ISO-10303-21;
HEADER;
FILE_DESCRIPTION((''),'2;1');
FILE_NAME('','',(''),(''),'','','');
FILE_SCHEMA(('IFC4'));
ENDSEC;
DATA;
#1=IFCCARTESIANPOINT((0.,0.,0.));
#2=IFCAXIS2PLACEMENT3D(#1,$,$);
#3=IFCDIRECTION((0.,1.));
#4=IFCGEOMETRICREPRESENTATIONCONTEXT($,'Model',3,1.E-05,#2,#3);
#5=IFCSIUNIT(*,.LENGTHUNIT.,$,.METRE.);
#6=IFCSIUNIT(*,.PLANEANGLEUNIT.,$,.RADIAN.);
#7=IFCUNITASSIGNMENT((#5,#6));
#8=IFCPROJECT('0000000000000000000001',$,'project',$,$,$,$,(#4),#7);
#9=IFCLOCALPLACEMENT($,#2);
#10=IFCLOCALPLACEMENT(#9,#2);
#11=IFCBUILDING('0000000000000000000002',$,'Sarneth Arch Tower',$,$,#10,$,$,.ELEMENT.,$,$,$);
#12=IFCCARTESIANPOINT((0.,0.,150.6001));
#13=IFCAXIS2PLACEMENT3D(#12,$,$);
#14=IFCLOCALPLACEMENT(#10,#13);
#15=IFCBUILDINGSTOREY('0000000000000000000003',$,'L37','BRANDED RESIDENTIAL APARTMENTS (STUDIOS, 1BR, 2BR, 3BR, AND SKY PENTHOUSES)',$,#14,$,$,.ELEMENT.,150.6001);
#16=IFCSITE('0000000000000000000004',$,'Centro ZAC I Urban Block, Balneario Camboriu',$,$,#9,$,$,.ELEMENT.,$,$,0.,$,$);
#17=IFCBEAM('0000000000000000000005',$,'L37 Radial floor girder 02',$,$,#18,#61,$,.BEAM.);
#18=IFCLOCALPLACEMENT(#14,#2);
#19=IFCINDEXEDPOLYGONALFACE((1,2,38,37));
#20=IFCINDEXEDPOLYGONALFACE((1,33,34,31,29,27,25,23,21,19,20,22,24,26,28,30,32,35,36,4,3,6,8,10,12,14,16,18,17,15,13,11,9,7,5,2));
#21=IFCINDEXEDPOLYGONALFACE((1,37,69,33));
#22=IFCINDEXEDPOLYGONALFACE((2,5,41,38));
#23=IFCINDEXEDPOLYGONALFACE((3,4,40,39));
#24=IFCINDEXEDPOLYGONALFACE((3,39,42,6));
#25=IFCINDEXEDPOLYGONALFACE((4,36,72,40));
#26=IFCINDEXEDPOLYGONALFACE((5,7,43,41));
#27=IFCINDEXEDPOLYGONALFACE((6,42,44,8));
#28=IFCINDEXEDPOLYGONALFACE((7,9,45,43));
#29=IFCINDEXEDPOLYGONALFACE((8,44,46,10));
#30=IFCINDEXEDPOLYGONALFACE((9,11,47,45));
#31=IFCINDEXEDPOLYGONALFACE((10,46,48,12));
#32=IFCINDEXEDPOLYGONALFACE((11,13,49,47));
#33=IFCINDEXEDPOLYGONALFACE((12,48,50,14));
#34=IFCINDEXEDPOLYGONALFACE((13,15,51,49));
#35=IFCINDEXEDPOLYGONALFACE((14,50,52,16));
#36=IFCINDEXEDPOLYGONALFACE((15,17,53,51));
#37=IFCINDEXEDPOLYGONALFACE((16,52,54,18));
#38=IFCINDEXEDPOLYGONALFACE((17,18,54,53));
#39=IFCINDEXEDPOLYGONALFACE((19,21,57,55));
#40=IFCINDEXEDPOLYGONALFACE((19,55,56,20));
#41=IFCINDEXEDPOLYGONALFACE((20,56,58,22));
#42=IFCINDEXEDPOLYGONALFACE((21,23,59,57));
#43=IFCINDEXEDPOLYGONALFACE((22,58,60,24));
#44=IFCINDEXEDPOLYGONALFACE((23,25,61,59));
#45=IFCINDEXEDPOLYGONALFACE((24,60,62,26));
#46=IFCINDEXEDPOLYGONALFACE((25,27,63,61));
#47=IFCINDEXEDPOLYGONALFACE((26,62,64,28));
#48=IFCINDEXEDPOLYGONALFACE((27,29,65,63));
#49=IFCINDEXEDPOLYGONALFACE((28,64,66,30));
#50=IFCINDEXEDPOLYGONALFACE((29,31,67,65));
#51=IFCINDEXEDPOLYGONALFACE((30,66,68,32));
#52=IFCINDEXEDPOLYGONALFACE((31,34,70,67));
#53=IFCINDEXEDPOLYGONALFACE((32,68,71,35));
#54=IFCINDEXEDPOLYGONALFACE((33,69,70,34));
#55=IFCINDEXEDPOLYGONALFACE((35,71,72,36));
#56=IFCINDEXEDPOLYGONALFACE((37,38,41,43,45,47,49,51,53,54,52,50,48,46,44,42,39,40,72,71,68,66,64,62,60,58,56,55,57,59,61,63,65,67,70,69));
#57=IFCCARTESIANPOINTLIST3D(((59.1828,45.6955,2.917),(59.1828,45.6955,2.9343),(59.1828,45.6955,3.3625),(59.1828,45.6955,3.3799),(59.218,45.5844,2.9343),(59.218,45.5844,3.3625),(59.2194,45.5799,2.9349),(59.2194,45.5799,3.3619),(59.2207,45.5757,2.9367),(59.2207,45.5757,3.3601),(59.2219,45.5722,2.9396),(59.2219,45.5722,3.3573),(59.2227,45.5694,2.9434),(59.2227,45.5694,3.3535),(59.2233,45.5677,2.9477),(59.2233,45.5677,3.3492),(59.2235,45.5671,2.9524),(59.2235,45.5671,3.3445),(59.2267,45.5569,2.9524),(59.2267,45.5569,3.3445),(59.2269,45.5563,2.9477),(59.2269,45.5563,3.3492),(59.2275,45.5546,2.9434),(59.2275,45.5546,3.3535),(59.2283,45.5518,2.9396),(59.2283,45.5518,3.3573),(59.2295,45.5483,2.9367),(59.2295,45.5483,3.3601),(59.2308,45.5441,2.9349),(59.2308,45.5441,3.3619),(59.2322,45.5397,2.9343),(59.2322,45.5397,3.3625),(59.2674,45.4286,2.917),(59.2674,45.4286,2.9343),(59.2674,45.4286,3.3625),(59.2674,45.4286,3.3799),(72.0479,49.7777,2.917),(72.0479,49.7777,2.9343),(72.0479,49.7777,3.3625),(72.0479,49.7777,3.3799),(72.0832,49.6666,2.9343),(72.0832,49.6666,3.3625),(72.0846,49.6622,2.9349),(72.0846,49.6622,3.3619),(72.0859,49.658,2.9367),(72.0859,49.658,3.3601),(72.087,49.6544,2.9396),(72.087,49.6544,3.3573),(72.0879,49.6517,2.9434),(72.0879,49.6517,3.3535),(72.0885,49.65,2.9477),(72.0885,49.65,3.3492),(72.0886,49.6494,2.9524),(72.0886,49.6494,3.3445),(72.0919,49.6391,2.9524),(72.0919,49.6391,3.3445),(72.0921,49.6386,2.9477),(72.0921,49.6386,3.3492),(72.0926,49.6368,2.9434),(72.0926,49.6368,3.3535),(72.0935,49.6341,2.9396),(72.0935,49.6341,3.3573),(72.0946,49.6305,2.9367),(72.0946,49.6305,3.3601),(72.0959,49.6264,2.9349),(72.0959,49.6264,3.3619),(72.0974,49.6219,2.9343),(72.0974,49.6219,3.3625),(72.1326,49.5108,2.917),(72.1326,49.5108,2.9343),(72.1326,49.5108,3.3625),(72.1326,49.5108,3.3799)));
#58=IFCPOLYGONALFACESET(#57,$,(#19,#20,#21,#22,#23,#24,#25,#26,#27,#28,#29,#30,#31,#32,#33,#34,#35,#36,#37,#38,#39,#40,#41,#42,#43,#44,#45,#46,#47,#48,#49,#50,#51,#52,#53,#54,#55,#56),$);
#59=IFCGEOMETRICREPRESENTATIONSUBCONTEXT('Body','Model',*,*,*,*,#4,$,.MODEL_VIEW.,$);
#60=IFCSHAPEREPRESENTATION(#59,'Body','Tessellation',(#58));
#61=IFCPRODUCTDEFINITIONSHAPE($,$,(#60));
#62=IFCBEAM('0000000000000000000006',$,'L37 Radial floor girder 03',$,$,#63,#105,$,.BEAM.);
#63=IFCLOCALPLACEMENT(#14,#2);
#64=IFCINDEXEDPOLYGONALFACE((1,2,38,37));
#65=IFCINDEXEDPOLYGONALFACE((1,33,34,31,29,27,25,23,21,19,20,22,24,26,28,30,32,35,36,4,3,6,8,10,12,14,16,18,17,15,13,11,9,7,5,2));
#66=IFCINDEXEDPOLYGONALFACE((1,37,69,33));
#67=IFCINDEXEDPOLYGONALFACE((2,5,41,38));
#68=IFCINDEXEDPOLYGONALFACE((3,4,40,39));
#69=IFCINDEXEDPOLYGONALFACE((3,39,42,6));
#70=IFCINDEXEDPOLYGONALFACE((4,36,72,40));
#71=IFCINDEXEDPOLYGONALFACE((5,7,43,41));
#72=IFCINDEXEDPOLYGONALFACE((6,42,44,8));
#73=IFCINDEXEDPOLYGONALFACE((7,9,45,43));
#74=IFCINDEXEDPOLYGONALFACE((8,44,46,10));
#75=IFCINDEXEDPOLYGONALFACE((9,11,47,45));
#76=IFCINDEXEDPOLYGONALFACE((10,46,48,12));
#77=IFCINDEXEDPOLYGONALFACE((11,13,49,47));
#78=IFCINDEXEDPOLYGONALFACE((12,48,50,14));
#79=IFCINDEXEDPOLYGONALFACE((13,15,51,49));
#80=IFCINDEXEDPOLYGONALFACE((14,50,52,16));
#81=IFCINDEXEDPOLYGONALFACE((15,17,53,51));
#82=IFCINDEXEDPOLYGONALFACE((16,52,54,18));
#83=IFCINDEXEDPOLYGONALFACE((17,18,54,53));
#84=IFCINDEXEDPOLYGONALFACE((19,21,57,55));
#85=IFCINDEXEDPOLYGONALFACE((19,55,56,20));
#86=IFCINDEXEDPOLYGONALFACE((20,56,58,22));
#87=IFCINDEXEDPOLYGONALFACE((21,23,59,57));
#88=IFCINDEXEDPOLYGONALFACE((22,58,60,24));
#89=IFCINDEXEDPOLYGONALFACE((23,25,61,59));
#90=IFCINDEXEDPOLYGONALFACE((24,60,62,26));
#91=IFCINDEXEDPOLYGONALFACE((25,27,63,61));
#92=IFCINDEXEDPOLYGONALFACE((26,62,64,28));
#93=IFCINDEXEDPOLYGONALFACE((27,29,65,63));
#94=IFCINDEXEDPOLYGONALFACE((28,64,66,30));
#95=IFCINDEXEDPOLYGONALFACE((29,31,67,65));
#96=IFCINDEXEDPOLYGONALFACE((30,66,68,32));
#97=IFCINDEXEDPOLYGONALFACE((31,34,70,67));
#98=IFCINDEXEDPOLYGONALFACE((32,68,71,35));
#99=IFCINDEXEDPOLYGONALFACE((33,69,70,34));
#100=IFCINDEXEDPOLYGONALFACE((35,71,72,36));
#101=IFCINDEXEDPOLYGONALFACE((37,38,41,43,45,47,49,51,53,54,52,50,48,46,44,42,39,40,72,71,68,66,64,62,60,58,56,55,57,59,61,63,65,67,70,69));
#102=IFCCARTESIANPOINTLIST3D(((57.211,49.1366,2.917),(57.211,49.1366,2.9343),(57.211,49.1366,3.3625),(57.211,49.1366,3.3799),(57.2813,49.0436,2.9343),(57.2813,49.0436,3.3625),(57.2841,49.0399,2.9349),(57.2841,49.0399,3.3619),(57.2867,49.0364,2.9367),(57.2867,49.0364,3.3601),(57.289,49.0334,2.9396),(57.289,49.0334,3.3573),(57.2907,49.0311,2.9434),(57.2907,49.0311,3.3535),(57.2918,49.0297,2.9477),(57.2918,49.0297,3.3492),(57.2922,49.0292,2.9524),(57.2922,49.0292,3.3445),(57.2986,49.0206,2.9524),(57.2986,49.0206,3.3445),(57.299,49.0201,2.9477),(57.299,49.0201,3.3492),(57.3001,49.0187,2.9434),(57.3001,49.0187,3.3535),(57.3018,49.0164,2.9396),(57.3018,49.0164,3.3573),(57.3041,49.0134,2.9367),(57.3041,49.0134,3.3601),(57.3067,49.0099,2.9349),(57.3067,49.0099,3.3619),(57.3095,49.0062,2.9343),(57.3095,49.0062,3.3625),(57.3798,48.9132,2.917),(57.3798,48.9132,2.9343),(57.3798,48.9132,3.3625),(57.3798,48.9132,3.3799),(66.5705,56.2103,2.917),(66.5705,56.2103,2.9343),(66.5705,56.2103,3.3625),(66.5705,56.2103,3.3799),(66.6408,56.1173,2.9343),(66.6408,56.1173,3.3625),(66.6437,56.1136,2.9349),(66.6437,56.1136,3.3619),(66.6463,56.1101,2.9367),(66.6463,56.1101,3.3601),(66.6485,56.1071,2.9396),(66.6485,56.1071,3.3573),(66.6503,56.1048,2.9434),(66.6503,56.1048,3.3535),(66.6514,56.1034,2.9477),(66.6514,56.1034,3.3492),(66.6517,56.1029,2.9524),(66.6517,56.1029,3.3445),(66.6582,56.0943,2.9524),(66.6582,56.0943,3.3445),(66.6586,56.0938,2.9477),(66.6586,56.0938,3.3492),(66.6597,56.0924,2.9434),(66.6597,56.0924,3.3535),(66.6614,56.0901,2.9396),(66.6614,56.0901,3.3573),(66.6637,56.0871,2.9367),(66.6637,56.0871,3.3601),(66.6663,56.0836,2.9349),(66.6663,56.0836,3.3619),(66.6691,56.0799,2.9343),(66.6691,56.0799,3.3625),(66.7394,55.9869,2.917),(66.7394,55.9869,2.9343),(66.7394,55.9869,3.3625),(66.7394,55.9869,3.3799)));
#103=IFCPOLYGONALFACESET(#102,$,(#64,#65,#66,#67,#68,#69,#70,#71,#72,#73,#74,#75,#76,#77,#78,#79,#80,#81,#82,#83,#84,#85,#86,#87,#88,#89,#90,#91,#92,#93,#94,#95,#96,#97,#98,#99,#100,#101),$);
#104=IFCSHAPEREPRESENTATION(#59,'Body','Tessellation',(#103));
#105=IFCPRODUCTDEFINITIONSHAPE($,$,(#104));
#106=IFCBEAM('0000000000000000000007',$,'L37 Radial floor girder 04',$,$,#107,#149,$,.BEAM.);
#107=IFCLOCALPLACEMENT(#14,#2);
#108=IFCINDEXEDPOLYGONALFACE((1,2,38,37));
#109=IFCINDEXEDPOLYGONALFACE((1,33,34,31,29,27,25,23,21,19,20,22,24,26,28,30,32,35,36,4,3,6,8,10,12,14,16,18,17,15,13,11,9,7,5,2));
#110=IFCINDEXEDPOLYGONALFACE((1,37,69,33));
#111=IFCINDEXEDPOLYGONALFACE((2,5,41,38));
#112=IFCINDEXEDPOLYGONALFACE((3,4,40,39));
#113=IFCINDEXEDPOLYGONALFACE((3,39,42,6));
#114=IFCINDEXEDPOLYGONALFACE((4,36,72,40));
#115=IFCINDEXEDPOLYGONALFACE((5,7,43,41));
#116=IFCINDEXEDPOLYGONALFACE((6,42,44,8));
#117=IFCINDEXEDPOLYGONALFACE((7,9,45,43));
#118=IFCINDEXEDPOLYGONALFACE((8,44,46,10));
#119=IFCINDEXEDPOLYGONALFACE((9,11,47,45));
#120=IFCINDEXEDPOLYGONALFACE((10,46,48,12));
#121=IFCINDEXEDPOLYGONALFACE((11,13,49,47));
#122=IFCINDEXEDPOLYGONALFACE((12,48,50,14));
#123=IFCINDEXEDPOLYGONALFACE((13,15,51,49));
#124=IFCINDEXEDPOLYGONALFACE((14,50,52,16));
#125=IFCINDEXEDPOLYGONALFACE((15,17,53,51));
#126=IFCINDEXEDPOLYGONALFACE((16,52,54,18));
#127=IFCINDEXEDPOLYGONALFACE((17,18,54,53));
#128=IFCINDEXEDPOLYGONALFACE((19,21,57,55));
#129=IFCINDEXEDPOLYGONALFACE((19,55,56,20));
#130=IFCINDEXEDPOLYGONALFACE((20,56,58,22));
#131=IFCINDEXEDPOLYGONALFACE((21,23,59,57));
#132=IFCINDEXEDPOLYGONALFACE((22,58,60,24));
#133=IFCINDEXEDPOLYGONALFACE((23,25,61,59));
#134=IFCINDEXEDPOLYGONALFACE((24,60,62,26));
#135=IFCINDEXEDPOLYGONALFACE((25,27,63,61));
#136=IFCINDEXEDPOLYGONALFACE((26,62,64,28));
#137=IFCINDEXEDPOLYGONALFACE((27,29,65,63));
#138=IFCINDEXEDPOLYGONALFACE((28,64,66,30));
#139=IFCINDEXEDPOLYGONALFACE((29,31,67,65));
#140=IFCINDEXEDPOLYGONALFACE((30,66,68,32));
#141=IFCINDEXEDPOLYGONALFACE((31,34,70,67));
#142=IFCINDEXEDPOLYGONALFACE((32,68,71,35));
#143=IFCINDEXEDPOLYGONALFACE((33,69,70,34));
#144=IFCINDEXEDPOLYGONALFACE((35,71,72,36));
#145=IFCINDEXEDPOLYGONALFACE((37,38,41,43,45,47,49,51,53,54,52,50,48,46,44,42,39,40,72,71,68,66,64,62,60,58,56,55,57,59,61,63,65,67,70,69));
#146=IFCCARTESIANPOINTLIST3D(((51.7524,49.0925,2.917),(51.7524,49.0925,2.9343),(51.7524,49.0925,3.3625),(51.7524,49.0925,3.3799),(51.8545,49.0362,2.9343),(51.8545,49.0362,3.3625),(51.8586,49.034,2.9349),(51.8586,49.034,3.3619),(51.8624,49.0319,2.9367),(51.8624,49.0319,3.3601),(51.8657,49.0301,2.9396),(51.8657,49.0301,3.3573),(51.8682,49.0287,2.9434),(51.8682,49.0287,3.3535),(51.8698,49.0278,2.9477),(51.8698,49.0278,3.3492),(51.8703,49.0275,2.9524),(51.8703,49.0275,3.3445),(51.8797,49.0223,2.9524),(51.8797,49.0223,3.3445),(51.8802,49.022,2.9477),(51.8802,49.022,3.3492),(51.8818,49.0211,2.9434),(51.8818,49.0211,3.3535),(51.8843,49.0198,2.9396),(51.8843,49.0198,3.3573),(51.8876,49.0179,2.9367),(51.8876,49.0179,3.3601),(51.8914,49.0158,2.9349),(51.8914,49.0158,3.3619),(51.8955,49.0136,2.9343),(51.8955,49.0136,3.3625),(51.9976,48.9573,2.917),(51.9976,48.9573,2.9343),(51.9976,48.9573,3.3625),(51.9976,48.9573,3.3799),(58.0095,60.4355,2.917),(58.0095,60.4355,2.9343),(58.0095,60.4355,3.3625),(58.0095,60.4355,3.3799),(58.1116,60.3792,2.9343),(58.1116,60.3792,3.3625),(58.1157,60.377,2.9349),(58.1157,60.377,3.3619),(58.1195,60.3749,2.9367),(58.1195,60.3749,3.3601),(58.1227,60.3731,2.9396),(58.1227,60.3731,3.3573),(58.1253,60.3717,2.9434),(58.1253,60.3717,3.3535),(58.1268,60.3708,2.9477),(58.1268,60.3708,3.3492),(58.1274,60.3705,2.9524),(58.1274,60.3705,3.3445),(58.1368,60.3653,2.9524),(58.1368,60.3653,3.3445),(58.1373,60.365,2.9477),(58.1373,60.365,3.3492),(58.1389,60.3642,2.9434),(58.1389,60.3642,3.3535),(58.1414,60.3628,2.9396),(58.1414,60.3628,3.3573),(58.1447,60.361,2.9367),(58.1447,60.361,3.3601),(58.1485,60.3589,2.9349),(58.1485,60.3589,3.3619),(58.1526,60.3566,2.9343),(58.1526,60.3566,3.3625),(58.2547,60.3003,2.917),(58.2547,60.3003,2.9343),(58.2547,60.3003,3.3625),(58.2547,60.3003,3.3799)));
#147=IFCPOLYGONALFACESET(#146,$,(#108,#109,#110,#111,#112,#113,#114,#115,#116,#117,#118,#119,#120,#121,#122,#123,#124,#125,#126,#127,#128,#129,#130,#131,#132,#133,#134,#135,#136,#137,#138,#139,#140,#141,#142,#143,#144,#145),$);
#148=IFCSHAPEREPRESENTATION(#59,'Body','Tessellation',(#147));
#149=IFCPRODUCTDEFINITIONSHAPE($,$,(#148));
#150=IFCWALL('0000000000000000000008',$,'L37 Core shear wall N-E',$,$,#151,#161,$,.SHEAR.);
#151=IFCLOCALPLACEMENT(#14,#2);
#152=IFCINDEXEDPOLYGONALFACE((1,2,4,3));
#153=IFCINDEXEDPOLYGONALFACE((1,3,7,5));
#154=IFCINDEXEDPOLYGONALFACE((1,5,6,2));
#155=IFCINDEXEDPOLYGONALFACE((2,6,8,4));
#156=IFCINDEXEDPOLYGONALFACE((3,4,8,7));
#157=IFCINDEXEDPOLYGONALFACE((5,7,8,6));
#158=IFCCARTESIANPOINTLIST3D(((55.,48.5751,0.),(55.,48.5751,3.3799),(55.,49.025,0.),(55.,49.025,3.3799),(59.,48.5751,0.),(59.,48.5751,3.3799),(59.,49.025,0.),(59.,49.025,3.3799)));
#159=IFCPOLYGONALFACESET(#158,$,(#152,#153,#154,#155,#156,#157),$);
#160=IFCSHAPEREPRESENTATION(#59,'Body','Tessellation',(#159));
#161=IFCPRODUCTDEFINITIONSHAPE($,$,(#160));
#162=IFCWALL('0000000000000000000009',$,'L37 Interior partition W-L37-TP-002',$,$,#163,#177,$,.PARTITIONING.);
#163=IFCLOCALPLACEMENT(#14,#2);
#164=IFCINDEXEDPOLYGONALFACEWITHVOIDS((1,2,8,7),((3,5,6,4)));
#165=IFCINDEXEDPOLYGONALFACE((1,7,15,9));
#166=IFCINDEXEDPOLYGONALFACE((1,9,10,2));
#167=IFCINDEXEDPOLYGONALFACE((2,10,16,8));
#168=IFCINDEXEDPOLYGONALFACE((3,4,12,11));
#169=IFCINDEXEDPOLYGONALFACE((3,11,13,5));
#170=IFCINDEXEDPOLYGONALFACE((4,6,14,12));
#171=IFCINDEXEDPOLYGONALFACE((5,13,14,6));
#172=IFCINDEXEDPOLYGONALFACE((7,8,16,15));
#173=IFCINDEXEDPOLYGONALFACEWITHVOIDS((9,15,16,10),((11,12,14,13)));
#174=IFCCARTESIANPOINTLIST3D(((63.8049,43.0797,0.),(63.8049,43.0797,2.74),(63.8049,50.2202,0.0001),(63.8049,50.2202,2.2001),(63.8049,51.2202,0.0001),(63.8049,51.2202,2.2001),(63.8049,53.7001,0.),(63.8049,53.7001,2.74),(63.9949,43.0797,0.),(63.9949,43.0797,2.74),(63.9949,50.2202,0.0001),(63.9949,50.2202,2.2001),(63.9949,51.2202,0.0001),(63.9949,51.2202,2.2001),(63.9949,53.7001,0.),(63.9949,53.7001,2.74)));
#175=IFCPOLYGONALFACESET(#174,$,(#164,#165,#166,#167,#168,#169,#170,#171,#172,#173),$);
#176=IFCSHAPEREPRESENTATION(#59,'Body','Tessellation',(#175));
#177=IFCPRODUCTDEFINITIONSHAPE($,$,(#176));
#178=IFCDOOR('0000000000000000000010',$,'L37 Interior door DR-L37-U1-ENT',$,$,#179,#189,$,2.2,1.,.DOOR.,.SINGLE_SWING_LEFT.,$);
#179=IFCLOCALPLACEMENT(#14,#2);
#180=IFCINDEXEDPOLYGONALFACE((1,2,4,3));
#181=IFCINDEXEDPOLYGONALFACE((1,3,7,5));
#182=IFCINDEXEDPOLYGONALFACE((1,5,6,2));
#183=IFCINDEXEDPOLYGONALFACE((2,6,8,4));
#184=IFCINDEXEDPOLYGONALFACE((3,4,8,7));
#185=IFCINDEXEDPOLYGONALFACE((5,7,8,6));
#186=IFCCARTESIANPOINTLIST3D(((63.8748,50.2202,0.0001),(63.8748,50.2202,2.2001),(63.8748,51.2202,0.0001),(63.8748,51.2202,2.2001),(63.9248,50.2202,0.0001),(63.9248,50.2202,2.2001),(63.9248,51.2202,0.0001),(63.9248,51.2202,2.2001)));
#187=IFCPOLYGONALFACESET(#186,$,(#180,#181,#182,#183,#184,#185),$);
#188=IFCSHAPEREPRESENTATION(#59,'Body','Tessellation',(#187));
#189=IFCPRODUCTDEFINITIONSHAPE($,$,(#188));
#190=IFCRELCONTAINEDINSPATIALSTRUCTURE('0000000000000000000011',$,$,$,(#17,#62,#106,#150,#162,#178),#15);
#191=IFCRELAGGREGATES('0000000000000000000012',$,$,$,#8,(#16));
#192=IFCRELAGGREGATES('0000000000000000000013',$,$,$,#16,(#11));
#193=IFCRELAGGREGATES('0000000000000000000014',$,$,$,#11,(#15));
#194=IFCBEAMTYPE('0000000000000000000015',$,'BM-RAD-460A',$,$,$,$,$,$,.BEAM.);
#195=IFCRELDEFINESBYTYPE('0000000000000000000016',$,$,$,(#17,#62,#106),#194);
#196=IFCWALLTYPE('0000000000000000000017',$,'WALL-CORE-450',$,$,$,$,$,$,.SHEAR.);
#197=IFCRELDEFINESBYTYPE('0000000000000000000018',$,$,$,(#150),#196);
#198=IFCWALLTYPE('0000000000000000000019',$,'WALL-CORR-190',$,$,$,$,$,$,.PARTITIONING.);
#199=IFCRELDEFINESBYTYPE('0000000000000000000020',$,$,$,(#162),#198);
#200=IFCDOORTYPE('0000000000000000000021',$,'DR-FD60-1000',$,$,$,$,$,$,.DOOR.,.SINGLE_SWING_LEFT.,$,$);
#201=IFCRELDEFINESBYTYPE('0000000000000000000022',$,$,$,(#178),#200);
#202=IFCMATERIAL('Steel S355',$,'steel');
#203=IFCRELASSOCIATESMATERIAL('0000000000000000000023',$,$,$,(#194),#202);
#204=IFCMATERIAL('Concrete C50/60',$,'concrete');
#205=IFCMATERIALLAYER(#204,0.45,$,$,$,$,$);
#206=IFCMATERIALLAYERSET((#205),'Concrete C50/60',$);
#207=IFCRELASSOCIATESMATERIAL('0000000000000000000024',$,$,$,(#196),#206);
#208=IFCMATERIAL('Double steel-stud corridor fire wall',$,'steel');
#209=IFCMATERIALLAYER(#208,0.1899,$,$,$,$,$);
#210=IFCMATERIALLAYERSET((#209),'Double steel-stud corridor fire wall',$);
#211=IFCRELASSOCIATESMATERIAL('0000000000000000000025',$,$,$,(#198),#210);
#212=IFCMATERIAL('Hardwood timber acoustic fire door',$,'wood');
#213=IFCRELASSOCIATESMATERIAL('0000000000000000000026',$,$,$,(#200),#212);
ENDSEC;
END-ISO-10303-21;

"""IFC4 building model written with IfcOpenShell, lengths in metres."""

from ifc_helpers import new_model, si_unit, direction, frame, frame_2d, origin, origin_2d, place, context, subcontext, project, spatial, rectangle, i_section, extrude, material, layer, layer_set, material_profile, profile_set, type_object, element, fill, save


model = new_model("IFC4")

# Units and contexts
model_context = context("Model", 3, precision=1e-05, world=origin(), true_north=direction((0.0, 1.0)))
body_context = subcontext(model_context, "Body", "Model", "MODEL_VIEW")
ifc_project = project(units=[si_unit("LENGTHUNIT", "METRE"), si_unit("PLANEANGLEUNIT", "RADIAN")], contexts=[model_context])

# Site, building, storey
site_placement = place(None, origin())
site = spatial("IfcSite", under=ifc_project, at=site_placement, Name="Centro ZAC I Urban Block, Balneario Camboriu", CompositionType="ELEMENT", RefElevation=0.0)
building_placement = place(site_placement, origin())
building = spatial("IfcBuilding", under=site, at=building_placement, Name="Sarneth Arch Tower", CompositionType="ELEMENT")
storey_placement = place(building_placement, frame((0.0, 0.0, 150.6001)))
storey = spatial("IfcBuildingStorey", under=building, at=storey_placement, Name="L37", Description="BRANDED RESIDENTIAL APARTMENTS (STUDIOS, 1BR, 2BR, 3BR, AND SKY PENTHOUSES)", CompositionType="ELEMENT", Elevation=150.6001)

# Beams
ifc_material_1 = material(Name="Steel S355", Category="steel")
ifc_material_profile_1 = material_profile(ifc_material_1, i_section(OverallWidth=0.28, OverallDepth=0.4629, WebThickness=0.0107, FlangeThickness=0.0173, FilletRadius=0.0181, at=origin_2d()), Name="W460x113")
ifc_profile_set_1 = profile_set([ifc_material_profile_1], Name="Steel S355")
beam_type_1 = type_object("IfcBeamType", Name="BM-RAD-460A", PredefinedType="BEAM", material=ifc_profile_set_1)
beam_1_placement = place(storey_placement, frame((59.2251, 45.562, 3.1484), z_axis=(0.953165, 0.302449, 0.0), x_axis=(-0.302449, 0.953165, 0.0)))
element("IfcBeam", 1, at=beam_1_placement, inside=storey, type_object=beam_type_1, Name="L37 Radial floor girder 02", PredefinedType="BEAM", context=body_context, shape_type="SweptSolid", body=[
    extrude(i_section(OverallWidth=0.28, OverallDepth=0.4629, WebThickness=0.0107, FlangeThickness=0.0173, FilletRadius=0.0181, at=origin_2d()), origin(), (0.0, 0.0, 1.0), 13.4973),
])
beam_2_placement = place(storey_placement, frame((57.2954, 49.0249, 3.1484), z_axis=(0.797785, 0.602943, 0.0), x_axis=(-0.602943, 0.797785, 0.0)))
element("IfcBeam", 2, at=beam_2_placement, inside=storey, type_object=beam_type_1, Name="L37 Radial floor girder 03", PredefinedType="BEAM", context=body_context, shape_type="SweptSolid", body=[
    extrude(i_section(OverallWidth=0.28, OverallDepth=0.4629, WebThickness=0.0107, FlangeThickness=0.0173, FilletRadius=0.0181, at=origin_2d()), origin(), (0.0, 0.0, 1.0), 11.7319),
])
beam_3_placement = place(storey_placement, frame((51.875, 49.0249, 3.1484), z_axis=(0.48301, 0.875615, 0.0), x_axis=(-0.875615, 0.48301, 0.0)))
element("IfcBeam", 3, at=beam_3_placement, inside=storey, type_object=beam_type_1, Name="L37 Radial floor girder 04", PredefinedType="BEAM", context=body_context, shape_type="SweptSolid", body=[
    extrude(i_section(OverallWidth=0.28, OverallDepth=0.4629, WebThickness=0.0107, FlangeThickness=0.0173, FilletRadius=0.0181, at=origin_2d()), origin(), (0.0, 0.0, 1.0), 12.9543),
])

# Wall
ifc_material_2 = material(Name="Concrete C50/60", Category="concrete")
ifc_layer_1 = layer(ifc_material_2, 0.45)
ifc_layer_set_1 = layer_set([ifc_layer_1], Name="Concrete C50/60")
wall_type_1 = type_object("IfcWallType", Name="WALL-CORE-450", PredefinedType="SHEAR", material=ifc_layer_set_1)
wall_1_placement = place(storey_placement, frame((55.0, 48.8, 0.0), z_axis=(0.0, 0.0, 1.0), x_axis=(1.0, 0.0, 0.0)))
element("IfcWall", 4, at=wall_1_placement, inside=storey, type_object=wall_type_1, Name="L37 Core shear wall N-E", PredefinedType="SHEAR", context=body_context, shape_type="SweptSolid", body=[
    extrude(rectangle(XDim=4.0, YDim=0.45, at=frame_2d((2.0, 0.0))), origin(), (0.0, 0.0, 1.0), 3.3799),
])

# Wall, opening, door
ifc_material_3 = material(Name="Double steel-stud corridor fire wall", Category="steel")
ifc_layer_2 = layer(ifc_material_3, 0.1899)
ifc_layer_set_2 = layer_set([ifc_layer_2], Name="Double steel-stud corridor fire wall")
wall_type_2 = type_object("IfcWallType", Name="WALL-CORR-190", PredefinedType="PARTITIONING", material=ifc_layer_set_2)
wall_2_placement = place(storey_placement, frame((63.8999, 53.7, 0.0), z_axis=(0.0, 0.0, 1.0), x_axis=(0.0, -1.0, 0.0)))
wall_2 = element("IfcWall", 5, at=wall_2_placement, inside=storey, type_object=wall_type_2, Name="L37 Interior partition W-L37-TP-002", PredefinedType="PARTITIONING", context=body_context, shape_type="SweptSolid", body=[
    extrude(rectangle(XDim=10.6204, YDim=0.1899, at=frame_2d((5.3101, 0.0))), origin(), (0.0, 0.0, 1.0), 2.74),
])
opening_1_placement = place(wall_2_placement, frame((2.4797, 0.0, 0.0)))
opening_1 = element("IfcOpeningElement", 6, at=opening_1_placement, cuts=wall_2, PredefinedType="OPENING", context=body_context, shape_type="SweptSolid", body=[
    extrude(rectangle(XDim=1.0, YDim=2.2, at=frame_2d((0.5, 1.1001))), frame((0.0, 0.105, 0.0), z_axis=(0.0, -1.0, 0.0), x_axis=(1.0, 0.0, 0.0)), (0.0, 0.0, 1.0), 0.21),
])
ifc_material_4 = material(Name="Hardwood timber acoustic fire door", Category="wood")
door_type_1 = type_object("IfcDoorType", Name="DR-FD60-1000", OperationType="SINGLE_SWING_LEFT", PredefinedType="DOOR", material=ifc_material_4)
door_1_placement = place(opening_1_placement, origin())
door_1 = element("IfcDoor", 7, at=door_1_placement, inside=storey, type_object=door_type_1, Name="L37 Interior door DR-L37-U1-ENT", OperationType="SINGLE_SWING_LEFT", OverallHeight=2.2, OverallWidth=1.0, PredefinedType="DOOR", context=body_context, shape_type="SweptSolid", body=[
    extrude(rectangle(XDim=1.0, YDim=2.2, at=frame_2d((0.5, 1.1001))), frame((0.0, 0.0249, 0.0), z_axis=(0.0, -1.0, 0.0), x_axis=(1.0, 0.0, 0.0)), (0.0, 0.0, 1.0), 0.05),
])
fill(opening_1, door_1)

save(model, "model.ifc")
